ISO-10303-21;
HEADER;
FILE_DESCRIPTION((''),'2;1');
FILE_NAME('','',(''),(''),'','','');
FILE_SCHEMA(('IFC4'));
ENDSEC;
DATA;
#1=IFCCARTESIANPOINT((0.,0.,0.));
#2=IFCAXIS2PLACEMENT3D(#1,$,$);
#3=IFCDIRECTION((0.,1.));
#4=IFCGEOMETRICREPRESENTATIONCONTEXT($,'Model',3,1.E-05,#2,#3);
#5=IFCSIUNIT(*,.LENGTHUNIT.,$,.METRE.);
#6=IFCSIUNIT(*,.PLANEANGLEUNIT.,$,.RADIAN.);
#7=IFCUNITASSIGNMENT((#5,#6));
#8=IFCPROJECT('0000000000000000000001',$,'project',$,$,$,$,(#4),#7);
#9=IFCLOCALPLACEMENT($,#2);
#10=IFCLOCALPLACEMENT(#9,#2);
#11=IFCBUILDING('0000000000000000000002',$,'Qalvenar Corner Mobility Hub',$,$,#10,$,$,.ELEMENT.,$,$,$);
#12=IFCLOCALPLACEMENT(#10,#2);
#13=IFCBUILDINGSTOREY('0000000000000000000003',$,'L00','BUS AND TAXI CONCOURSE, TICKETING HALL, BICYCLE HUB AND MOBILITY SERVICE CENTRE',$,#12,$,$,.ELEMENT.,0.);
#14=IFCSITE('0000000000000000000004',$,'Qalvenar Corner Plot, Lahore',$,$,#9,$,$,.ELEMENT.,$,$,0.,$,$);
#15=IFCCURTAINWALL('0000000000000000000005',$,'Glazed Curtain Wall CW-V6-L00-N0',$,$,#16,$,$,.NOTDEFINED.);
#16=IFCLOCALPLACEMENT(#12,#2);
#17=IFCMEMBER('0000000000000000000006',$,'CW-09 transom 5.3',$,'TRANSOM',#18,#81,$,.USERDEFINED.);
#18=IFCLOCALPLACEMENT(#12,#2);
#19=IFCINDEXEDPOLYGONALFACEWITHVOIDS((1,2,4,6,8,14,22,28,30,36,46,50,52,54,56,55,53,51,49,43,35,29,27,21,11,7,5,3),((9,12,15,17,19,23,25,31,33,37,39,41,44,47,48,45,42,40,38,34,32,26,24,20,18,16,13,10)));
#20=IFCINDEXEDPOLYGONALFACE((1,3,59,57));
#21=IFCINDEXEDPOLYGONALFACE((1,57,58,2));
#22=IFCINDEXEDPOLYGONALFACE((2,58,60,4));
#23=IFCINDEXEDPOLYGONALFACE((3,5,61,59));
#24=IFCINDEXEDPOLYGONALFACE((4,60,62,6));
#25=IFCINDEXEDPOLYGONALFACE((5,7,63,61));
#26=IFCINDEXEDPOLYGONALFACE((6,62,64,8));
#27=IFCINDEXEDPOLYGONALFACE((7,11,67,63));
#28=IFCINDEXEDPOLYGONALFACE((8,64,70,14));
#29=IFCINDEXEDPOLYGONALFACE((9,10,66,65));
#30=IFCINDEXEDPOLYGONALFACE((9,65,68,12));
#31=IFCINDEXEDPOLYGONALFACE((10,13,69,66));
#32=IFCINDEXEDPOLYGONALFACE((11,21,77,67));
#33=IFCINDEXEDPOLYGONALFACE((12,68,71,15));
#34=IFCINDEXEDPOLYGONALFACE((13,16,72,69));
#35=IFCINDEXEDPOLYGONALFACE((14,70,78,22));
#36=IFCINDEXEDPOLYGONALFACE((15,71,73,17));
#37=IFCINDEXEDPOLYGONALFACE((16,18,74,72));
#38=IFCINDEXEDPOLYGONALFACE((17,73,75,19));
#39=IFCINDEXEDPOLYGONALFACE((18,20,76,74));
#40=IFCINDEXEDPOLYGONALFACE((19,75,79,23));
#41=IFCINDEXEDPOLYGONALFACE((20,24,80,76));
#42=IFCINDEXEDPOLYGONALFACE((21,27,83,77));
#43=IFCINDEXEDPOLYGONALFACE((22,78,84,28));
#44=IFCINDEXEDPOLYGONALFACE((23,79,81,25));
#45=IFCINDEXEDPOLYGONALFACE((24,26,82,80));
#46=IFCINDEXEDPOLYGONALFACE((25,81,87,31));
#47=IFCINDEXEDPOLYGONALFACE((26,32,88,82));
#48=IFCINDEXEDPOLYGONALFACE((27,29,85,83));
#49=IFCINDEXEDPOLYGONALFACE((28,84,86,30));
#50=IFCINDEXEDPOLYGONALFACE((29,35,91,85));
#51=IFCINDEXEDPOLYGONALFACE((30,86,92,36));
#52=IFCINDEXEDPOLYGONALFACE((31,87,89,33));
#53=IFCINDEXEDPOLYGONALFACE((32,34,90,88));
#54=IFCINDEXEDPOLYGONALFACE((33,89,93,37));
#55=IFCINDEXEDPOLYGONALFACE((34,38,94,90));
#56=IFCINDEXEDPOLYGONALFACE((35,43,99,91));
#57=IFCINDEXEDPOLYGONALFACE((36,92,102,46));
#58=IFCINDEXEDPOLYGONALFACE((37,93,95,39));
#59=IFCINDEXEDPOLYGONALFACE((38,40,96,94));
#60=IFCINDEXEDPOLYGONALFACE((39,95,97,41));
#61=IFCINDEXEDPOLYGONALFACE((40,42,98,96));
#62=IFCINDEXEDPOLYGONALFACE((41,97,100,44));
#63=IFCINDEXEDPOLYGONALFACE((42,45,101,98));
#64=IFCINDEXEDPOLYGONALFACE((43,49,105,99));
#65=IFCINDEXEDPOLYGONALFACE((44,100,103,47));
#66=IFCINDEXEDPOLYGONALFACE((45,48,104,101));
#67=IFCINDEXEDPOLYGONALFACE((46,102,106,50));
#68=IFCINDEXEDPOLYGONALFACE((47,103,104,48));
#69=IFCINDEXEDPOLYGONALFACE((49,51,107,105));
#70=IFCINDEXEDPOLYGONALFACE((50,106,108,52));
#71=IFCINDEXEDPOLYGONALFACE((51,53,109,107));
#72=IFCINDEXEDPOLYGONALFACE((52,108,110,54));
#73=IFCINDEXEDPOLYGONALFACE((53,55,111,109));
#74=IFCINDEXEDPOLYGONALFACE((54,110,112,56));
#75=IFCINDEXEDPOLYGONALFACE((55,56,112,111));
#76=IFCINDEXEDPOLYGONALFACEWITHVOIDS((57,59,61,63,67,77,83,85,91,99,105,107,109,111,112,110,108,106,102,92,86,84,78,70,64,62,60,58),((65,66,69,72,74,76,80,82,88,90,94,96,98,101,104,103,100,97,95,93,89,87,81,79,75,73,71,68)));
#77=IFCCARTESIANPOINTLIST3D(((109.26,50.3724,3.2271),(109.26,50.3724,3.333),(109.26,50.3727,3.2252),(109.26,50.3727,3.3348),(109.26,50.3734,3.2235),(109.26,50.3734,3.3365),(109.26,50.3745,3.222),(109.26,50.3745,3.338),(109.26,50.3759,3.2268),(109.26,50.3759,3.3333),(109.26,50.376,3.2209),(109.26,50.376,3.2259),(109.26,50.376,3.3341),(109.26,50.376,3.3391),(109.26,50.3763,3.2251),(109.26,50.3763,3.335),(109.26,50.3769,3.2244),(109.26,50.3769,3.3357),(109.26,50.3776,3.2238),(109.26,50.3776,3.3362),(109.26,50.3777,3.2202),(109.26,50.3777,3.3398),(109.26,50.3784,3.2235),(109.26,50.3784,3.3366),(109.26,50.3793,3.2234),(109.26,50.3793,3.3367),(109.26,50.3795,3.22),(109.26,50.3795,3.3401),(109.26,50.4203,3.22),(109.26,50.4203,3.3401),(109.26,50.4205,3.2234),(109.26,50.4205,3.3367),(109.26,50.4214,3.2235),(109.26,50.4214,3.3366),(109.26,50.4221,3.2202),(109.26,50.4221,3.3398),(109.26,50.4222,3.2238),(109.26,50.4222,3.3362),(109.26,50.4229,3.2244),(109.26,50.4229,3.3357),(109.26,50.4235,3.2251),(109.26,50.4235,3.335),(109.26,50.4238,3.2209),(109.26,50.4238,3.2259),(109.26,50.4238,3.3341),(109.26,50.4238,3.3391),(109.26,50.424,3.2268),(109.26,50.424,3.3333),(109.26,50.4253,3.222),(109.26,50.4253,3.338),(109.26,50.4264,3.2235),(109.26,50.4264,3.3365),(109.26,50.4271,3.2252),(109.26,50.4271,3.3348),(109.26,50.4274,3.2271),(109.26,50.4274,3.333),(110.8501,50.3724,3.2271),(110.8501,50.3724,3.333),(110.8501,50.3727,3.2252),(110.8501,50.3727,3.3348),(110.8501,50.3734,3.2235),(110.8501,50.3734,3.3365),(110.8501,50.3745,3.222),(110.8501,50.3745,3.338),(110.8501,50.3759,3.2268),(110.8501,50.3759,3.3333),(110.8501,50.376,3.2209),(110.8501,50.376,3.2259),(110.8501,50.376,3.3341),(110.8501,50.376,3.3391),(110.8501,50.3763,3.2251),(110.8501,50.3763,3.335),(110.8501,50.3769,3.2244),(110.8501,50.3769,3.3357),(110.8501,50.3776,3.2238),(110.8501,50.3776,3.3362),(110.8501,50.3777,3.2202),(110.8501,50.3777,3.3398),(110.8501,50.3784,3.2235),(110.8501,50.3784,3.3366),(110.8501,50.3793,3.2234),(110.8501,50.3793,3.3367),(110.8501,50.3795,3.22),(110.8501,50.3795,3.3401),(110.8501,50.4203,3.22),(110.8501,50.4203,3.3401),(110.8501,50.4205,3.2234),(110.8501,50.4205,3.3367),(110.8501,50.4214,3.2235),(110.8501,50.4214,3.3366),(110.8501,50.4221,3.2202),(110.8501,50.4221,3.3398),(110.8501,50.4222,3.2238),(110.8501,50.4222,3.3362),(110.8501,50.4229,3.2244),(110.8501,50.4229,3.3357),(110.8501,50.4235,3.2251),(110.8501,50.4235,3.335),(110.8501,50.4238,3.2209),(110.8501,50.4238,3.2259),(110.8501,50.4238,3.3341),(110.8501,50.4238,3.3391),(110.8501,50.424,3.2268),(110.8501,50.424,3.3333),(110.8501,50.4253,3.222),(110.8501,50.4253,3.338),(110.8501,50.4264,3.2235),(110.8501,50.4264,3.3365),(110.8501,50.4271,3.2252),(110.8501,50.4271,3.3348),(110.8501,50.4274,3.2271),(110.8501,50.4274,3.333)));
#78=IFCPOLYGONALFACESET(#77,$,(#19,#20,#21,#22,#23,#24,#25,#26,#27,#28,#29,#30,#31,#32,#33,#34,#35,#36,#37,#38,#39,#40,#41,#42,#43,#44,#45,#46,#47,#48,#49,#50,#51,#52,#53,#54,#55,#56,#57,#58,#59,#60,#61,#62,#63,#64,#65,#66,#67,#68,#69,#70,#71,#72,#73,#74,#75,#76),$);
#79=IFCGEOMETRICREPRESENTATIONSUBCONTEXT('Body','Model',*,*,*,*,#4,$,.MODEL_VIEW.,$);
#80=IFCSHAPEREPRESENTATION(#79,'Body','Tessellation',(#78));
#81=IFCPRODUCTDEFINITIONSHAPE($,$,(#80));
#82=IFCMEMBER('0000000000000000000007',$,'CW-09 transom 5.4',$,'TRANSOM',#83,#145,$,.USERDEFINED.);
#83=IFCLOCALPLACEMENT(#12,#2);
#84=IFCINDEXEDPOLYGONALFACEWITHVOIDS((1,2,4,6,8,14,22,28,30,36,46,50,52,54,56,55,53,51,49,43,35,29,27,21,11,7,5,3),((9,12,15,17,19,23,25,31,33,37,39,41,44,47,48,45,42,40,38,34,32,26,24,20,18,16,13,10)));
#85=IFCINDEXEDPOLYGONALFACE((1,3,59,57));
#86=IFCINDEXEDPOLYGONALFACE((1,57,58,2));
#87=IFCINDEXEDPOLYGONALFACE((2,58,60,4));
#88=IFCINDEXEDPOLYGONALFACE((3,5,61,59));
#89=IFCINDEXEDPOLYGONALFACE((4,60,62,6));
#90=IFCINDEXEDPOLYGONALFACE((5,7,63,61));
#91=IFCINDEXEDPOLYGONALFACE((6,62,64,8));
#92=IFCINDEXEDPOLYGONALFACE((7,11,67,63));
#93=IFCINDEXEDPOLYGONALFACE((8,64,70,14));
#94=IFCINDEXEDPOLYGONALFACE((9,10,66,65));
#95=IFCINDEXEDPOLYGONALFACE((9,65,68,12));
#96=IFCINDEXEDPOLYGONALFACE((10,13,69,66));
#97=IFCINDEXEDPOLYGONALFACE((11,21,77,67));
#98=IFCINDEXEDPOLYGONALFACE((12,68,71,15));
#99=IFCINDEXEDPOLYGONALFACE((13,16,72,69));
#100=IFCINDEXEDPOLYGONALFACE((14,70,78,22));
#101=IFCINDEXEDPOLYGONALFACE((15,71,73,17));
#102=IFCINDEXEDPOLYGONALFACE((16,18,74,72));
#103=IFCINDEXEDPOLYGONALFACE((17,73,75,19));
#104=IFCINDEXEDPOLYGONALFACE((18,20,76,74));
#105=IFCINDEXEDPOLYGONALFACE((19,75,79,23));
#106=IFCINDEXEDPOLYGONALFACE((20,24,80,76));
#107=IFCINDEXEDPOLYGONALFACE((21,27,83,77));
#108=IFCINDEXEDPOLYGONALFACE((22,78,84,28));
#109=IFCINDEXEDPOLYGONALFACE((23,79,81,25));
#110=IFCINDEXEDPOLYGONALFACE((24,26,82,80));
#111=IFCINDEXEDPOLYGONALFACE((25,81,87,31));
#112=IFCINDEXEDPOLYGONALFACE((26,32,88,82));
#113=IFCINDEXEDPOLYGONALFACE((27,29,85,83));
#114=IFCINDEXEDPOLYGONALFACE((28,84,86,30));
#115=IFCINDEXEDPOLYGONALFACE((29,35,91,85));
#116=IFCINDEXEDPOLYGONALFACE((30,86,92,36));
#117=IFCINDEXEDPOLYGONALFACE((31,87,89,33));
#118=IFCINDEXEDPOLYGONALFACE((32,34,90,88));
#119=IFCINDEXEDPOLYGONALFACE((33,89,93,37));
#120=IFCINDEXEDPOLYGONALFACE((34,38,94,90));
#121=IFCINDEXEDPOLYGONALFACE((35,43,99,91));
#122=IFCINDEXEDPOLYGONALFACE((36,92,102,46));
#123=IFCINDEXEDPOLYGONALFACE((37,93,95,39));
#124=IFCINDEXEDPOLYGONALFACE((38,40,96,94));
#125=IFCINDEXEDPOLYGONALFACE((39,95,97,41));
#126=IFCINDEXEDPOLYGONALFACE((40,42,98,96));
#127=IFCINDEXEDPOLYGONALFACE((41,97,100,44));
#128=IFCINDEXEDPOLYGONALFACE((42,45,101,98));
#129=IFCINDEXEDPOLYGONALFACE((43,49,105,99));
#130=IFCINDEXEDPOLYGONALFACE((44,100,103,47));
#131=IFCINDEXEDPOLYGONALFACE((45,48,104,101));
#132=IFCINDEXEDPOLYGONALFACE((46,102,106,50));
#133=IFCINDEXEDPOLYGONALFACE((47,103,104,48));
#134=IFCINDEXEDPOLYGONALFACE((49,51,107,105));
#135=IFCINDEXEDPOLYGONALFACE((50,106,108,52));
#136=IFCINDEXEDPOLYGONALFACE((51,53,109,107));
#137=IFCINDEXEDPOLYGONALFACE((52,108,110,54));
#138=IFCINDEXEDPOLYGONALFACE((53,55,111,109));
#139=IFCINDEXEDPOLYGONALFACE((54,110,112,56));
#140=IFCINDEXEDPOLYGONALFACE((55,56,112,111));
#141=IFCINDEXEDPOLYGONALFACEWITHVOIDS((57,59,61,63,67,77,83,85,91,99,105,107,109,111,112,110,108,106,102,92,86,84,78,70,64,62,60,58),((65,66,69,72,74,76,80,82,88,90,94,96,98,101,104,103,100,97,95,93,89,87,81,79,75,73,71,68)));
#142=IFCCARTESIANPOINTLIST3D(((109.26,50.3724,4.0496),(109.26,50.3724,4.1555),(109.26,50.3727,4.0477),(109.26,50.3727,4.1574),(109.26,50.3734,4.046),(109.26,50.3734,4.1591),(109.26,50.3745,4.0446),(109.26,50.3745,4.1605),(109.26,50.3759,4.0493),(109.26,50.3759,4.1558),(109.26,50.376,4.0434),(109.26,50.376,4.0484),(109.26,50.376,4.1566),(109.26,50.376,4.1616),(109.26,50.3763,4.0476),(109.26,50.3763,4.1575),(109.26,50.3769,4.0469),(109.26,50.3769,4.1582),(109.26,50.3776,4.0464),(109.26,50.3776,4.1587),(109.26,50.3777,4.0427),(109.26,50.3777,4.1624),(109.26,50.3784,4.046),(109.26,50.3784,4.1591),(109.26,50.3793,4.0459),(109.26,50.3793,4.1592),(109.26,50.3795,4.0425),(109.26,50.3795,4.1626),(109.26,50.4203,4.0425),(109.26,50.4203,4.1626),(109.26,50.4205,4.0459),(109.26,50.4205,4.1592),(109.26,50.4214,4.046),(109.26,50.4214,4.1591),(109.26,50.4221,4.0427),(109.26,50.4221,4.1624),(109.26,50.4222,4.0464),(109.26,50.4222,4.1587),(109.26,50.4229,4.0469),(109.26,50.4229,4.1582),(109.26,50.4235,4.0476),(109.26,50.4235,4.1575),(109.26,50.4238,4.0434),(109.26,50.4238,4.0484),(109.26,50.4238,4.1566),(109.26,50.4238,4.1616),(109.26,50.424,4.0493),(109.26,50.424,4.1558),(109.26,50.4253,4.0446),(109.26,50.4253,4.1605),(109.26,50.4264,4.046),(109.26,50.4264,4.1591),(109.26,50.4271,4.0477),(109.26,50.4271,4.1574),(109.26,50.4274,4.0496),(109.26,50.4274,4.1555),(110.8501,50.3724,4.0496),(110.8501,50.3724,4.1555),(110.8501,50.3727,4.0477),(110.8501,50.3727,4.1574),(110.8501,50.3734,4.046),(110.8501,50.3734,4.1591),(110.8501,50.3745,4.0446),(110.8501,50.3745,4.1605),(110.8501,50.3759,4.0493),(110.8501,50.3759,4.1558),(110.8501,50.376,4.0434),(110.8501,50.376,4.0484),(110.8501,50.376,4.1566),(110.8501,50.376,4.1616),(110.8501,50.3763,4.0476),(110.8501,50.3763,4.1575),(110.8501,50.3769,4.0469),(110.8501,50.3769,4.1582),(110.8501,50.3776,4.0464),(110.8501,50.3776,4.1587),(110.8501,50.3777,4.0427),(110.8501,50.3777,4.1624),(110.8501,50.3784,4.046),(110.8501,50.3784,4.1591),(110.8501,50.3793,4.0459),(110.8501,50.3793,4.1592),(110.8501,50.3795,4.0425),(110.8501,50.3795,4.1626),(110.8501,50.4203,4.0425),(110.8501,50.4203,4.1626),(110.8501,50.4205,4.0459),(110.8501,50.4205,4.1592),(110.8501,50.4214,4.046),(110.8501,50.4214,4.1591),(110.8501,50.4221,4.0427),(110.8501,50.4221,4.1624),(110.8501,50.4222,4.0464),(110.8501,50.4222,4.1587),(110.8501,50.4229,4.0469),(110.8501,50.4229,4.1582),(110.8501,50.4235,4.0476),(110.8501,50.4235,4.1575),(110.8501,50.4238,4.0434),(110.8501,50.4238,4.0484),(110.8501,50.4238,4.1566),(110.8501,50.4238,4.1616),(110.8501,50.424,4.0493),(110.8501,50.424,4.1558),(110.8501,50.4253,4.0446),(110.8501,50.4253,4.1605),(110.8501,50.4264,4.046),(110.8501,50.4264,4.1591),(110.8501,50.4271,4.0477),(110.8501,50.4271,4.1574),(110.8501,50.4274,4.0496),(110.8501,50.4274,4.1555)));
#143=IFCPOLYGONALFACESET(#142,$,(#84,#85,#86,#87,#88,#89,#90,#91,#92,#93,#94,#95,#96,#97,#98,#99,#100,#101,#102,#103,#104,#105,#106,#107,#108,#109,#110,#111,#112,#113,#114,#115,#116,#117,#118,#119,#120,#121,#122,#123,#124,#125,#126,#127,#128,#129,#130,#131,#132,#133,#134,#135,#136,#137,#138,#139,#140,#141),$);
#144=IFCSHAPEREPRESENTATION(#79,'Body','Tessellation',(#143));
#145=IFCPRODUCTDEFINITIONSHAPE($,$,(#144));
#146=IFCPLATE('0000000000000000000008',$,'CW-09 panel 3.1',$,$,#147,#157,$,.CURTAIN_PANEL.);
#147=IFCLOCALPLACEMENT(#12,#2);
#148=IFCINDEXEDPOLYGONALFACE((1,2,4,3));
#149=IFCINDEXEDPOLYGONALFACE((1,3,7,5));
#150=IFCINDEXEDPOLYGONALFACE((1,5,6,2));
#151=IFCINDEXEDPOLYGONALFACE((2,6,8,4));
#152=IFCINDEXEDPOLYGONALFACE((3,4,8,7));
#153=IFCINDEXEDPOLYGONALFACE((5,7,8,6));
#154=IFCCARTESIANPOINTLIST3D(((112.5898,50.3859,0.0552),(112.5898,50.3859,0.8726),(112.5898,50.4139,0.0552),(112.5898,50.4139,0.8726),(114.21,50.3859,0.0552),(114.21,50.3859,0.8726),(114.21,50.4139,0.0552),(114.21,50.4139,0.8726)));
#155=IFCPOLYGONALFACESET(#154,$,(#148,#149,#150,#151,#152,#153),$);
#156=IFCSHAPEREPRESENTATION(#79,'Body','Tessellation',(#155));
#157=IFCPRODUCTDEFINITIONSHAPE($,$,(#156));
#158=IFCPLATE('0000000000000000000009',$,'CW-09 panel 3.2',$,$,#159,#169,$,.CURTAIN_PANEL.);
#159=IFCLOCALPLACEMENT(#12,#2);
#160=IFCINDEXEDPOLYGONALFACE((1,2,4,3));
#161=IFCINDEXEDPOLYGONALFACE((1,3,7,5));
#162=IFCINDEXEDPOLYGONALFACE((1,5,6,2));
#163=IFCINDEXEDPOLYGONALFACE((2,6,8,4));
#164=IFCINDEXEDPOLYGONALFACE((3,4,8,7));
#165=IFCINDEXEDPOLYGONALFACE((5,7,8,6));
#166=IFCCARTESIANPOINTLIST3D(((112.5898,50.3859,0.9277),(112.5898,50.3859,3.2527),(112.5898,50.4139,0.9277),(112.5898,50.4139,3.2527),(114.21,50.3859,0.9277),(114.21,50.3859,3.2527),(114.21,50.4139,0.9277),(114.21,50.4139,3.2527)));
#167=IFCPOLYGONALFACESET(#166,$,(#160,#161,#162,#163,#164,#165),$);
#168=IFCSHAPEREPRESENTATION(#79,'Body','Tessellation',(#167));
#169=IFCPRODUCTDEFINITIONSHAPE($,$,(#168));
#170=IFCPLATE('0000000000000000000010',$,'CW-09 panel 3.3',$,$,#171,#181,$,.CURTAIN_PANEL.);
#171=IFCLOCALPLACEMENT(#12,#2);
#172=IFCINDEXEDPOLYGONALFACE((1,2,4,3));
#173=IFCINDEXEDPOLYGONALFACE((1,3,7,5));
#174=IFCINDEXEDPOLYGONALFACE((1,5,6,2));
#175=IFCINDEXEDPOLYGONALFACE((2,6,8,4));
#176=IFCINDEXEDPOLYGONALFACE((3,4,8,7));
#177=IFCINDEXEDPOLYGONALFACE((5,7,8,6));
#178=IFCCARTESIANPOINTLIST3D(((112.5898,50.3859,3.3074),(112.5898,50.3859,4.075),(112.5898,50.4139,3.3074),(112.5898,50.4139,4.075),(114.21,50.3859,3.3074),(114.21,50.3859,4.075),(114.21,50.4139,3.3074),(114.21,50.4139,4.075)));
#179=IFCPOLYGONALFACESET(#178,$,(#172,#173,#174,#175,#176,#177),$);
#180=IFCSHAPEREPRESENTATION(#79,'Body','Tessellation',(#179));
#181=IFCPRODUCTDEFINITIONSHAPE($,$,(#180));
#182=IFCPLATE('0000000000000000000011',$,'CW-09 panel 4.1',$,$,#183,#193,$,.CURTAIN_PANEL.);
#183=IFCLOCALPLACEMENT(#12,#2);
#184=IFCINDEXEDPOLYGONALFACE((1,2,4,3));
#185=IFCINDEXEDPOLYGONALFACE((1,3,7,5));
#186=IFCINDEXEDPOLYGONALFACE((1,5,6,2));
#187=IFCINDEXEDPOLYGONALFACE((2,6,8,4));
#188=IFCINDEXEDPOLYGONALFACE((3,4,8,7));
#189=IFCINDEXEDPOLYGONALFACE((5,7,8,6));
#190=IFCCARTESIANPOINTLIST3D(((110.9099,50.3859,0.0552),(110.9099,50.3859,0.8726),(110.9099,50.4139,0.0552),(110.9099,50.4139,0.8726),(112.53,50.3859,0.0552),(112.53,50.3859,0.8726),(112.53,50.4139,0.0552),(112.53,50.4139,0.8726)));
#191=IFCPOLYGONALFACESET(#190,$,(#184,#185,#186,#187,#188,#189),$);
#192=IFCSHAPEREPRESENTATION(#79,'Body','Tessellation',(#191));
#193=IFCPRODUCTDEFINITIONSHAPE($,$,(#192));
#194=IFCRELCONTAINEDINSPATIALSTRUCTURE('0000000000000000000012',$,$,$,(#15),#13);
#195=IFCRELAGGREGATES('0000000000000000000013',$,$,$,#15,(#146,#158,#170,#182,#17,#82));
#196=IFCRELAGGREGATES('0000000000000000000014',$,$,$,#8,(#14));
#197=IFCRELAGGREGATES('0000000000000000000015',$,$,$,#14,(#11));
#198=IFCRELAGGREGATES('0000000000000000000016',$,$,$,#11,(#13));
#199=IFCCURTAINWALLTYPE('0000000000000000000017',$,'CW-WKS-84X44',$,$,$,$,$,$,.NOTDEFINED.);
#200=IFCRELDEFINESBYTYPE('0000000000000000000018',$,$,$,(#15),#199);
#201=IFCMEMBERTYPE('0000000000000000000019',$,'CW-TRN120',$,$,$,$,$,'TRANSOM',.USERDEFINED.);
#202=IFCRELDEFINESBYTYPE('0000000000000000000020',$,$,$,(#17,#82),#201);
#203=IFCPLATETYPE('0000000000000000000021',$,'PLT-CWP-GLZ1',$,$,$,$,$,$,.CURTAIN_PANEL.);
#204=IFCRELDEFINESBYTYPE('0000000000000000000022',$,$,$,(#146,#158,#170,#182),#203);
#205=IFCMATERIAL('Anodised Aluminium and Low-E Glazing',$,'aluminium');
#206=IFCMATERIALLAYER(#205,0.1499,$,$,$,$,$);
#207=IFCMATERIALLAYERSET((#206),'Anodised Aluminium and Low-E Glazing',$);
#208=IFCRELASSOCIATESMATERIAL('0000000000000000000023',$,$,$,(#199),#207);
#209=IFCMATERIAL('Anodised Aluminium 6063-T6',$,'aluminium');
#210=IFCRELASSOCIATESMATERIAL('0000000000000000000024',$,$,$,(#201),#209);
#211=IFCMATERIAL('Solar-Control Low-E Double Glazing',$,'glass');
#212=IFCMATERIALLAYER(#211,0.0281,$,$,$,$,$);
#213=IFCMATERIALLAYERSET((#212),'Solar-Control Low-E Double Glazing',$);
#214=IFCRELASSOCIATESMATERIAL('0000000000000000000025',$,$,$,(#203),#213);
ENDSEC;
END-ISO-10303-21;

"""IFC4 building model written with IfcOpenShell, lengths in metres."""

from ifc_helpers import new_model, si_unit, direction, frame, origin, origin_2d, place, context, subcontext, project, spatial, rectangle, hollow_rectangle, extrude, material, layer, layer_set, material_profile, profile_set, type_object, element, aggregate, save


model = new_model("IFC4")

# Units and contexts
model_context = context("Model", 3, precision=1e-05, world=origin(), true_north=direction((0.0, 1.0)))
body_context = subcontext(model_context, "Body", "Model", "MODEL_VIEW")
ifc_project = project(units=[si_unit("LENGTHUNIT", "METRE"), si_unit("PLANEANGLEUNIT", "RADIAN")], contexts=[model_context])

# Site, building, storey
site_placement = place(None, origin())
site = spatial("IfcSite", under=ifc_project, at=site_placement, Name="Qalvenar Corner Plot, Lahore", CompositionType="ELEMENT", RefElevation=0.0)
building_placement = place(site_placement, origin())
building = spatial("IfcBuilding", under=site, at=building_placement, Name="Qalvenar Corner Mobility Hub", CompositionType="ELEMENT")
storey_placement = place(building_placement, origin())
storey = spatial("IfcBuildingStorey", under=building, at=storey_placement, Name="L00", Description="BUS AND TAXI CONCOURSE, TICKETING HALL, BICYCLE HUB AND MOBILITY SERVICE CENTRE", CompositionType="ELEMENT", Elevation=0.0)

# Curtain wall, members, plates
ifc_material_1 = material(Name="Anodised Aluminium and Low-E Glazing", Category="aluminium")
ifc_layer_1 = layer(ifc_material_1, 0.1499)
ifc_layer_set_1 = layer_set([ifc_layer_1], Name="Anodised Aluminium and Low-E Glazing")
curtain_wall_type = type_object("IfcCurtainWallType", Name="CW-WKS-84X44", PredefinedType="NOTDEFINED", material=ifc_layer_set_1)
curtain_wall_placement = place(storey_placement, origin())
curtain_wall = element("IfcCurtainWall", 1, at=curtain_wall_placement, inside=storey, type_object=curtain_wall_type, Name="Glazed Curtain Wall CW-V6-L00-N0", PredefinedType="NOTDEFINED")
ifc_material_2 = material(Name="Anodised Aluminium 6063-T6", Category="aluminium")
ifc_material_profile_1 = material_profile(ifc_material_2, hollow_rectangle(XDim=0.0549, YDim=0.1201, WallThickness=0.0034, InnerFilletRadius=0.0034, OuterFilletRadius=0.0071, at=origin_2d()), Name="RHS120x55x3.5")
ifc_profile_set_1 = profile_set([ifc_material_profile_1], Name="Anodised Aluminium 6063-T6")
member_type_1 = type_object("IfcMemberType", Name="CW-TRN120", ElementType="TRANSOM", PredefinedType="USERDEFINED", material=ifc_profile_set_1)
member_1_placement = place(storey_placement, frame((110.8501, 50.3999, 3.28), z_axis=(-1.0, 0.0, 0.0), x_axis=(0.0, -1.0, 0.0)))
member_1 = element("IfcMember", 2, at=member_1_placement, type_object=member_type_1, Name="CW-09 transom 5.3", ObjectType="TRANSOM", PredefinedType="USERDEFINED", context=body_context, shape_type="SweptSolid", body=[
    extrude(hollow_rectangle(XDim=0.0549, YDim=0.1201, WallThickness=0.0034, InnerFilletRadius=0.0034, OuterFilletRadius=0.0071, at=origin_2d()), origin(), (0.0, 0.0, 1.0), 1.5901),
])
member_2_placement = place(storey_placement, frame((110.8501, 50.3999, 4.1025), z_axis=(-1.0, 0.0, 0.0), x_axis=(0.0, -1.0, 0.0)))
member_2 = element("IfcMember", 3, at=member_2_placement, type_object=member_type_1, Name="CW-09 transom 5.4", ObjectType="TRANSOM", PredefinedType="USERDEFINED", context=body_context, shape_type="SweptSolid", body=[
    extrude(hollow_rectangle(XDim=0.0549, YDim=0.1201, WallThickness=0.0034, InnerFilletRadius=0.0034, OuterFilletRadius=0.0071, at=origin_2d()), origin(), (0.0, 0.0, 1.0), 1.5901),
])
ifc_material_3 = material(Name="Solar-Control Low-E Double Glazing", Category="glass")
ifc_layer_2 = layer(ifc_material_3, 0.0281)
ifc_layer_set_2 = layer_set([ifc_layer_2], Name="Solar-Control Low-E Double Glazing")
plate_type = type_object("IfcPlateType", Name="PLT-CWP-GLZ1", PredefinedType="CURTAIN_PANEL", material=ifc_layer_set_2)
plate_1_placement = place(storey_placement, frame((113.3999, 50.3999, 0.0552), z_axis=(0.0, 0.0, 1.0), x_axis=(-1.0, 0.0, 0.0)))
plate_1 = element("IfcPlate", 4, at=plate_1_placement, type_object=plate_type, Name="CW-09 panel 3.1", PredefinedType="CURTAIN_PANEL", context=body_context, shape_type="SweptSolid", body=[
    extrude(rectangle(XDim=1.6201, YDim=0.0281, at=origin_2d()), origin(), (0.0, 0.0, 1.0), 0.8174),
])
plate_2_placement = place(storey_placement, frame((113.3999, 50.3999, 0.9277), z_axis=(0.0, 0.0, 1.0), x_axis=(-1.0, 0.0, 0.0)))
plate_2 = element("IfcPlate", 5, at=plate_2_placement, type_object=plate_type, Name="CW-09 panel 3.2", PredefinedType="CURTAIN_PANEL", context=body_context, shape_type="SweptSolid", body=[
    extrude(rectangle(XDim=1.6201, YDim=0.0281, at=origin_2d()), origin(), (0.0, 0.0, 1.0), 2.325),
])
plate_3_placement = place(storey_placement, frame((113.3999, 50.3999, 3.3074), z_axis=(0.0, 0.0, 1.0), x_axis=(-1.0, 0.0, 0.0)))
plate_3 = element("IfcPlate", 6, at=plate_3_placement, type_object=plate_type, Name="CW-09 panel 3.3", PredefinedType="CURTAIN_PANEL", context=body_context, shape_type="SweptSolid", body=[
    extrude(rectangle(XDim=1.6201, YDim=0.0281, at=origin_2d()), origin(), (0.0, 0.0, 1.0), 0.7676),
])
plate_4_placement = place(storey_placement, frame((111.72, 50.3999, 0.0552), z_axis=(0.0, 0.0, 1.0), x_axis=(-1.0, 0.0, 0.0)))
plate_4 = element("IfcPlate", 7, at=plate_4_placement, type_object=plate_type, Name="CW-09 panel 4.1", PredefinedType="CURTAIN_PANEL", context=body_context, shape_type="SweptSolid", body=[
    extrude(rectangle(XDim=1.6201, YDim=0.0281, at=origin_2d()), origin(), (0.0, 0.0, 1.0), 0.8174),
])
aggregate(curtain_wall, [plate_1, plate_2, plate_3, plate_4, member_1, member_2])

save(model, "model.ifc")
